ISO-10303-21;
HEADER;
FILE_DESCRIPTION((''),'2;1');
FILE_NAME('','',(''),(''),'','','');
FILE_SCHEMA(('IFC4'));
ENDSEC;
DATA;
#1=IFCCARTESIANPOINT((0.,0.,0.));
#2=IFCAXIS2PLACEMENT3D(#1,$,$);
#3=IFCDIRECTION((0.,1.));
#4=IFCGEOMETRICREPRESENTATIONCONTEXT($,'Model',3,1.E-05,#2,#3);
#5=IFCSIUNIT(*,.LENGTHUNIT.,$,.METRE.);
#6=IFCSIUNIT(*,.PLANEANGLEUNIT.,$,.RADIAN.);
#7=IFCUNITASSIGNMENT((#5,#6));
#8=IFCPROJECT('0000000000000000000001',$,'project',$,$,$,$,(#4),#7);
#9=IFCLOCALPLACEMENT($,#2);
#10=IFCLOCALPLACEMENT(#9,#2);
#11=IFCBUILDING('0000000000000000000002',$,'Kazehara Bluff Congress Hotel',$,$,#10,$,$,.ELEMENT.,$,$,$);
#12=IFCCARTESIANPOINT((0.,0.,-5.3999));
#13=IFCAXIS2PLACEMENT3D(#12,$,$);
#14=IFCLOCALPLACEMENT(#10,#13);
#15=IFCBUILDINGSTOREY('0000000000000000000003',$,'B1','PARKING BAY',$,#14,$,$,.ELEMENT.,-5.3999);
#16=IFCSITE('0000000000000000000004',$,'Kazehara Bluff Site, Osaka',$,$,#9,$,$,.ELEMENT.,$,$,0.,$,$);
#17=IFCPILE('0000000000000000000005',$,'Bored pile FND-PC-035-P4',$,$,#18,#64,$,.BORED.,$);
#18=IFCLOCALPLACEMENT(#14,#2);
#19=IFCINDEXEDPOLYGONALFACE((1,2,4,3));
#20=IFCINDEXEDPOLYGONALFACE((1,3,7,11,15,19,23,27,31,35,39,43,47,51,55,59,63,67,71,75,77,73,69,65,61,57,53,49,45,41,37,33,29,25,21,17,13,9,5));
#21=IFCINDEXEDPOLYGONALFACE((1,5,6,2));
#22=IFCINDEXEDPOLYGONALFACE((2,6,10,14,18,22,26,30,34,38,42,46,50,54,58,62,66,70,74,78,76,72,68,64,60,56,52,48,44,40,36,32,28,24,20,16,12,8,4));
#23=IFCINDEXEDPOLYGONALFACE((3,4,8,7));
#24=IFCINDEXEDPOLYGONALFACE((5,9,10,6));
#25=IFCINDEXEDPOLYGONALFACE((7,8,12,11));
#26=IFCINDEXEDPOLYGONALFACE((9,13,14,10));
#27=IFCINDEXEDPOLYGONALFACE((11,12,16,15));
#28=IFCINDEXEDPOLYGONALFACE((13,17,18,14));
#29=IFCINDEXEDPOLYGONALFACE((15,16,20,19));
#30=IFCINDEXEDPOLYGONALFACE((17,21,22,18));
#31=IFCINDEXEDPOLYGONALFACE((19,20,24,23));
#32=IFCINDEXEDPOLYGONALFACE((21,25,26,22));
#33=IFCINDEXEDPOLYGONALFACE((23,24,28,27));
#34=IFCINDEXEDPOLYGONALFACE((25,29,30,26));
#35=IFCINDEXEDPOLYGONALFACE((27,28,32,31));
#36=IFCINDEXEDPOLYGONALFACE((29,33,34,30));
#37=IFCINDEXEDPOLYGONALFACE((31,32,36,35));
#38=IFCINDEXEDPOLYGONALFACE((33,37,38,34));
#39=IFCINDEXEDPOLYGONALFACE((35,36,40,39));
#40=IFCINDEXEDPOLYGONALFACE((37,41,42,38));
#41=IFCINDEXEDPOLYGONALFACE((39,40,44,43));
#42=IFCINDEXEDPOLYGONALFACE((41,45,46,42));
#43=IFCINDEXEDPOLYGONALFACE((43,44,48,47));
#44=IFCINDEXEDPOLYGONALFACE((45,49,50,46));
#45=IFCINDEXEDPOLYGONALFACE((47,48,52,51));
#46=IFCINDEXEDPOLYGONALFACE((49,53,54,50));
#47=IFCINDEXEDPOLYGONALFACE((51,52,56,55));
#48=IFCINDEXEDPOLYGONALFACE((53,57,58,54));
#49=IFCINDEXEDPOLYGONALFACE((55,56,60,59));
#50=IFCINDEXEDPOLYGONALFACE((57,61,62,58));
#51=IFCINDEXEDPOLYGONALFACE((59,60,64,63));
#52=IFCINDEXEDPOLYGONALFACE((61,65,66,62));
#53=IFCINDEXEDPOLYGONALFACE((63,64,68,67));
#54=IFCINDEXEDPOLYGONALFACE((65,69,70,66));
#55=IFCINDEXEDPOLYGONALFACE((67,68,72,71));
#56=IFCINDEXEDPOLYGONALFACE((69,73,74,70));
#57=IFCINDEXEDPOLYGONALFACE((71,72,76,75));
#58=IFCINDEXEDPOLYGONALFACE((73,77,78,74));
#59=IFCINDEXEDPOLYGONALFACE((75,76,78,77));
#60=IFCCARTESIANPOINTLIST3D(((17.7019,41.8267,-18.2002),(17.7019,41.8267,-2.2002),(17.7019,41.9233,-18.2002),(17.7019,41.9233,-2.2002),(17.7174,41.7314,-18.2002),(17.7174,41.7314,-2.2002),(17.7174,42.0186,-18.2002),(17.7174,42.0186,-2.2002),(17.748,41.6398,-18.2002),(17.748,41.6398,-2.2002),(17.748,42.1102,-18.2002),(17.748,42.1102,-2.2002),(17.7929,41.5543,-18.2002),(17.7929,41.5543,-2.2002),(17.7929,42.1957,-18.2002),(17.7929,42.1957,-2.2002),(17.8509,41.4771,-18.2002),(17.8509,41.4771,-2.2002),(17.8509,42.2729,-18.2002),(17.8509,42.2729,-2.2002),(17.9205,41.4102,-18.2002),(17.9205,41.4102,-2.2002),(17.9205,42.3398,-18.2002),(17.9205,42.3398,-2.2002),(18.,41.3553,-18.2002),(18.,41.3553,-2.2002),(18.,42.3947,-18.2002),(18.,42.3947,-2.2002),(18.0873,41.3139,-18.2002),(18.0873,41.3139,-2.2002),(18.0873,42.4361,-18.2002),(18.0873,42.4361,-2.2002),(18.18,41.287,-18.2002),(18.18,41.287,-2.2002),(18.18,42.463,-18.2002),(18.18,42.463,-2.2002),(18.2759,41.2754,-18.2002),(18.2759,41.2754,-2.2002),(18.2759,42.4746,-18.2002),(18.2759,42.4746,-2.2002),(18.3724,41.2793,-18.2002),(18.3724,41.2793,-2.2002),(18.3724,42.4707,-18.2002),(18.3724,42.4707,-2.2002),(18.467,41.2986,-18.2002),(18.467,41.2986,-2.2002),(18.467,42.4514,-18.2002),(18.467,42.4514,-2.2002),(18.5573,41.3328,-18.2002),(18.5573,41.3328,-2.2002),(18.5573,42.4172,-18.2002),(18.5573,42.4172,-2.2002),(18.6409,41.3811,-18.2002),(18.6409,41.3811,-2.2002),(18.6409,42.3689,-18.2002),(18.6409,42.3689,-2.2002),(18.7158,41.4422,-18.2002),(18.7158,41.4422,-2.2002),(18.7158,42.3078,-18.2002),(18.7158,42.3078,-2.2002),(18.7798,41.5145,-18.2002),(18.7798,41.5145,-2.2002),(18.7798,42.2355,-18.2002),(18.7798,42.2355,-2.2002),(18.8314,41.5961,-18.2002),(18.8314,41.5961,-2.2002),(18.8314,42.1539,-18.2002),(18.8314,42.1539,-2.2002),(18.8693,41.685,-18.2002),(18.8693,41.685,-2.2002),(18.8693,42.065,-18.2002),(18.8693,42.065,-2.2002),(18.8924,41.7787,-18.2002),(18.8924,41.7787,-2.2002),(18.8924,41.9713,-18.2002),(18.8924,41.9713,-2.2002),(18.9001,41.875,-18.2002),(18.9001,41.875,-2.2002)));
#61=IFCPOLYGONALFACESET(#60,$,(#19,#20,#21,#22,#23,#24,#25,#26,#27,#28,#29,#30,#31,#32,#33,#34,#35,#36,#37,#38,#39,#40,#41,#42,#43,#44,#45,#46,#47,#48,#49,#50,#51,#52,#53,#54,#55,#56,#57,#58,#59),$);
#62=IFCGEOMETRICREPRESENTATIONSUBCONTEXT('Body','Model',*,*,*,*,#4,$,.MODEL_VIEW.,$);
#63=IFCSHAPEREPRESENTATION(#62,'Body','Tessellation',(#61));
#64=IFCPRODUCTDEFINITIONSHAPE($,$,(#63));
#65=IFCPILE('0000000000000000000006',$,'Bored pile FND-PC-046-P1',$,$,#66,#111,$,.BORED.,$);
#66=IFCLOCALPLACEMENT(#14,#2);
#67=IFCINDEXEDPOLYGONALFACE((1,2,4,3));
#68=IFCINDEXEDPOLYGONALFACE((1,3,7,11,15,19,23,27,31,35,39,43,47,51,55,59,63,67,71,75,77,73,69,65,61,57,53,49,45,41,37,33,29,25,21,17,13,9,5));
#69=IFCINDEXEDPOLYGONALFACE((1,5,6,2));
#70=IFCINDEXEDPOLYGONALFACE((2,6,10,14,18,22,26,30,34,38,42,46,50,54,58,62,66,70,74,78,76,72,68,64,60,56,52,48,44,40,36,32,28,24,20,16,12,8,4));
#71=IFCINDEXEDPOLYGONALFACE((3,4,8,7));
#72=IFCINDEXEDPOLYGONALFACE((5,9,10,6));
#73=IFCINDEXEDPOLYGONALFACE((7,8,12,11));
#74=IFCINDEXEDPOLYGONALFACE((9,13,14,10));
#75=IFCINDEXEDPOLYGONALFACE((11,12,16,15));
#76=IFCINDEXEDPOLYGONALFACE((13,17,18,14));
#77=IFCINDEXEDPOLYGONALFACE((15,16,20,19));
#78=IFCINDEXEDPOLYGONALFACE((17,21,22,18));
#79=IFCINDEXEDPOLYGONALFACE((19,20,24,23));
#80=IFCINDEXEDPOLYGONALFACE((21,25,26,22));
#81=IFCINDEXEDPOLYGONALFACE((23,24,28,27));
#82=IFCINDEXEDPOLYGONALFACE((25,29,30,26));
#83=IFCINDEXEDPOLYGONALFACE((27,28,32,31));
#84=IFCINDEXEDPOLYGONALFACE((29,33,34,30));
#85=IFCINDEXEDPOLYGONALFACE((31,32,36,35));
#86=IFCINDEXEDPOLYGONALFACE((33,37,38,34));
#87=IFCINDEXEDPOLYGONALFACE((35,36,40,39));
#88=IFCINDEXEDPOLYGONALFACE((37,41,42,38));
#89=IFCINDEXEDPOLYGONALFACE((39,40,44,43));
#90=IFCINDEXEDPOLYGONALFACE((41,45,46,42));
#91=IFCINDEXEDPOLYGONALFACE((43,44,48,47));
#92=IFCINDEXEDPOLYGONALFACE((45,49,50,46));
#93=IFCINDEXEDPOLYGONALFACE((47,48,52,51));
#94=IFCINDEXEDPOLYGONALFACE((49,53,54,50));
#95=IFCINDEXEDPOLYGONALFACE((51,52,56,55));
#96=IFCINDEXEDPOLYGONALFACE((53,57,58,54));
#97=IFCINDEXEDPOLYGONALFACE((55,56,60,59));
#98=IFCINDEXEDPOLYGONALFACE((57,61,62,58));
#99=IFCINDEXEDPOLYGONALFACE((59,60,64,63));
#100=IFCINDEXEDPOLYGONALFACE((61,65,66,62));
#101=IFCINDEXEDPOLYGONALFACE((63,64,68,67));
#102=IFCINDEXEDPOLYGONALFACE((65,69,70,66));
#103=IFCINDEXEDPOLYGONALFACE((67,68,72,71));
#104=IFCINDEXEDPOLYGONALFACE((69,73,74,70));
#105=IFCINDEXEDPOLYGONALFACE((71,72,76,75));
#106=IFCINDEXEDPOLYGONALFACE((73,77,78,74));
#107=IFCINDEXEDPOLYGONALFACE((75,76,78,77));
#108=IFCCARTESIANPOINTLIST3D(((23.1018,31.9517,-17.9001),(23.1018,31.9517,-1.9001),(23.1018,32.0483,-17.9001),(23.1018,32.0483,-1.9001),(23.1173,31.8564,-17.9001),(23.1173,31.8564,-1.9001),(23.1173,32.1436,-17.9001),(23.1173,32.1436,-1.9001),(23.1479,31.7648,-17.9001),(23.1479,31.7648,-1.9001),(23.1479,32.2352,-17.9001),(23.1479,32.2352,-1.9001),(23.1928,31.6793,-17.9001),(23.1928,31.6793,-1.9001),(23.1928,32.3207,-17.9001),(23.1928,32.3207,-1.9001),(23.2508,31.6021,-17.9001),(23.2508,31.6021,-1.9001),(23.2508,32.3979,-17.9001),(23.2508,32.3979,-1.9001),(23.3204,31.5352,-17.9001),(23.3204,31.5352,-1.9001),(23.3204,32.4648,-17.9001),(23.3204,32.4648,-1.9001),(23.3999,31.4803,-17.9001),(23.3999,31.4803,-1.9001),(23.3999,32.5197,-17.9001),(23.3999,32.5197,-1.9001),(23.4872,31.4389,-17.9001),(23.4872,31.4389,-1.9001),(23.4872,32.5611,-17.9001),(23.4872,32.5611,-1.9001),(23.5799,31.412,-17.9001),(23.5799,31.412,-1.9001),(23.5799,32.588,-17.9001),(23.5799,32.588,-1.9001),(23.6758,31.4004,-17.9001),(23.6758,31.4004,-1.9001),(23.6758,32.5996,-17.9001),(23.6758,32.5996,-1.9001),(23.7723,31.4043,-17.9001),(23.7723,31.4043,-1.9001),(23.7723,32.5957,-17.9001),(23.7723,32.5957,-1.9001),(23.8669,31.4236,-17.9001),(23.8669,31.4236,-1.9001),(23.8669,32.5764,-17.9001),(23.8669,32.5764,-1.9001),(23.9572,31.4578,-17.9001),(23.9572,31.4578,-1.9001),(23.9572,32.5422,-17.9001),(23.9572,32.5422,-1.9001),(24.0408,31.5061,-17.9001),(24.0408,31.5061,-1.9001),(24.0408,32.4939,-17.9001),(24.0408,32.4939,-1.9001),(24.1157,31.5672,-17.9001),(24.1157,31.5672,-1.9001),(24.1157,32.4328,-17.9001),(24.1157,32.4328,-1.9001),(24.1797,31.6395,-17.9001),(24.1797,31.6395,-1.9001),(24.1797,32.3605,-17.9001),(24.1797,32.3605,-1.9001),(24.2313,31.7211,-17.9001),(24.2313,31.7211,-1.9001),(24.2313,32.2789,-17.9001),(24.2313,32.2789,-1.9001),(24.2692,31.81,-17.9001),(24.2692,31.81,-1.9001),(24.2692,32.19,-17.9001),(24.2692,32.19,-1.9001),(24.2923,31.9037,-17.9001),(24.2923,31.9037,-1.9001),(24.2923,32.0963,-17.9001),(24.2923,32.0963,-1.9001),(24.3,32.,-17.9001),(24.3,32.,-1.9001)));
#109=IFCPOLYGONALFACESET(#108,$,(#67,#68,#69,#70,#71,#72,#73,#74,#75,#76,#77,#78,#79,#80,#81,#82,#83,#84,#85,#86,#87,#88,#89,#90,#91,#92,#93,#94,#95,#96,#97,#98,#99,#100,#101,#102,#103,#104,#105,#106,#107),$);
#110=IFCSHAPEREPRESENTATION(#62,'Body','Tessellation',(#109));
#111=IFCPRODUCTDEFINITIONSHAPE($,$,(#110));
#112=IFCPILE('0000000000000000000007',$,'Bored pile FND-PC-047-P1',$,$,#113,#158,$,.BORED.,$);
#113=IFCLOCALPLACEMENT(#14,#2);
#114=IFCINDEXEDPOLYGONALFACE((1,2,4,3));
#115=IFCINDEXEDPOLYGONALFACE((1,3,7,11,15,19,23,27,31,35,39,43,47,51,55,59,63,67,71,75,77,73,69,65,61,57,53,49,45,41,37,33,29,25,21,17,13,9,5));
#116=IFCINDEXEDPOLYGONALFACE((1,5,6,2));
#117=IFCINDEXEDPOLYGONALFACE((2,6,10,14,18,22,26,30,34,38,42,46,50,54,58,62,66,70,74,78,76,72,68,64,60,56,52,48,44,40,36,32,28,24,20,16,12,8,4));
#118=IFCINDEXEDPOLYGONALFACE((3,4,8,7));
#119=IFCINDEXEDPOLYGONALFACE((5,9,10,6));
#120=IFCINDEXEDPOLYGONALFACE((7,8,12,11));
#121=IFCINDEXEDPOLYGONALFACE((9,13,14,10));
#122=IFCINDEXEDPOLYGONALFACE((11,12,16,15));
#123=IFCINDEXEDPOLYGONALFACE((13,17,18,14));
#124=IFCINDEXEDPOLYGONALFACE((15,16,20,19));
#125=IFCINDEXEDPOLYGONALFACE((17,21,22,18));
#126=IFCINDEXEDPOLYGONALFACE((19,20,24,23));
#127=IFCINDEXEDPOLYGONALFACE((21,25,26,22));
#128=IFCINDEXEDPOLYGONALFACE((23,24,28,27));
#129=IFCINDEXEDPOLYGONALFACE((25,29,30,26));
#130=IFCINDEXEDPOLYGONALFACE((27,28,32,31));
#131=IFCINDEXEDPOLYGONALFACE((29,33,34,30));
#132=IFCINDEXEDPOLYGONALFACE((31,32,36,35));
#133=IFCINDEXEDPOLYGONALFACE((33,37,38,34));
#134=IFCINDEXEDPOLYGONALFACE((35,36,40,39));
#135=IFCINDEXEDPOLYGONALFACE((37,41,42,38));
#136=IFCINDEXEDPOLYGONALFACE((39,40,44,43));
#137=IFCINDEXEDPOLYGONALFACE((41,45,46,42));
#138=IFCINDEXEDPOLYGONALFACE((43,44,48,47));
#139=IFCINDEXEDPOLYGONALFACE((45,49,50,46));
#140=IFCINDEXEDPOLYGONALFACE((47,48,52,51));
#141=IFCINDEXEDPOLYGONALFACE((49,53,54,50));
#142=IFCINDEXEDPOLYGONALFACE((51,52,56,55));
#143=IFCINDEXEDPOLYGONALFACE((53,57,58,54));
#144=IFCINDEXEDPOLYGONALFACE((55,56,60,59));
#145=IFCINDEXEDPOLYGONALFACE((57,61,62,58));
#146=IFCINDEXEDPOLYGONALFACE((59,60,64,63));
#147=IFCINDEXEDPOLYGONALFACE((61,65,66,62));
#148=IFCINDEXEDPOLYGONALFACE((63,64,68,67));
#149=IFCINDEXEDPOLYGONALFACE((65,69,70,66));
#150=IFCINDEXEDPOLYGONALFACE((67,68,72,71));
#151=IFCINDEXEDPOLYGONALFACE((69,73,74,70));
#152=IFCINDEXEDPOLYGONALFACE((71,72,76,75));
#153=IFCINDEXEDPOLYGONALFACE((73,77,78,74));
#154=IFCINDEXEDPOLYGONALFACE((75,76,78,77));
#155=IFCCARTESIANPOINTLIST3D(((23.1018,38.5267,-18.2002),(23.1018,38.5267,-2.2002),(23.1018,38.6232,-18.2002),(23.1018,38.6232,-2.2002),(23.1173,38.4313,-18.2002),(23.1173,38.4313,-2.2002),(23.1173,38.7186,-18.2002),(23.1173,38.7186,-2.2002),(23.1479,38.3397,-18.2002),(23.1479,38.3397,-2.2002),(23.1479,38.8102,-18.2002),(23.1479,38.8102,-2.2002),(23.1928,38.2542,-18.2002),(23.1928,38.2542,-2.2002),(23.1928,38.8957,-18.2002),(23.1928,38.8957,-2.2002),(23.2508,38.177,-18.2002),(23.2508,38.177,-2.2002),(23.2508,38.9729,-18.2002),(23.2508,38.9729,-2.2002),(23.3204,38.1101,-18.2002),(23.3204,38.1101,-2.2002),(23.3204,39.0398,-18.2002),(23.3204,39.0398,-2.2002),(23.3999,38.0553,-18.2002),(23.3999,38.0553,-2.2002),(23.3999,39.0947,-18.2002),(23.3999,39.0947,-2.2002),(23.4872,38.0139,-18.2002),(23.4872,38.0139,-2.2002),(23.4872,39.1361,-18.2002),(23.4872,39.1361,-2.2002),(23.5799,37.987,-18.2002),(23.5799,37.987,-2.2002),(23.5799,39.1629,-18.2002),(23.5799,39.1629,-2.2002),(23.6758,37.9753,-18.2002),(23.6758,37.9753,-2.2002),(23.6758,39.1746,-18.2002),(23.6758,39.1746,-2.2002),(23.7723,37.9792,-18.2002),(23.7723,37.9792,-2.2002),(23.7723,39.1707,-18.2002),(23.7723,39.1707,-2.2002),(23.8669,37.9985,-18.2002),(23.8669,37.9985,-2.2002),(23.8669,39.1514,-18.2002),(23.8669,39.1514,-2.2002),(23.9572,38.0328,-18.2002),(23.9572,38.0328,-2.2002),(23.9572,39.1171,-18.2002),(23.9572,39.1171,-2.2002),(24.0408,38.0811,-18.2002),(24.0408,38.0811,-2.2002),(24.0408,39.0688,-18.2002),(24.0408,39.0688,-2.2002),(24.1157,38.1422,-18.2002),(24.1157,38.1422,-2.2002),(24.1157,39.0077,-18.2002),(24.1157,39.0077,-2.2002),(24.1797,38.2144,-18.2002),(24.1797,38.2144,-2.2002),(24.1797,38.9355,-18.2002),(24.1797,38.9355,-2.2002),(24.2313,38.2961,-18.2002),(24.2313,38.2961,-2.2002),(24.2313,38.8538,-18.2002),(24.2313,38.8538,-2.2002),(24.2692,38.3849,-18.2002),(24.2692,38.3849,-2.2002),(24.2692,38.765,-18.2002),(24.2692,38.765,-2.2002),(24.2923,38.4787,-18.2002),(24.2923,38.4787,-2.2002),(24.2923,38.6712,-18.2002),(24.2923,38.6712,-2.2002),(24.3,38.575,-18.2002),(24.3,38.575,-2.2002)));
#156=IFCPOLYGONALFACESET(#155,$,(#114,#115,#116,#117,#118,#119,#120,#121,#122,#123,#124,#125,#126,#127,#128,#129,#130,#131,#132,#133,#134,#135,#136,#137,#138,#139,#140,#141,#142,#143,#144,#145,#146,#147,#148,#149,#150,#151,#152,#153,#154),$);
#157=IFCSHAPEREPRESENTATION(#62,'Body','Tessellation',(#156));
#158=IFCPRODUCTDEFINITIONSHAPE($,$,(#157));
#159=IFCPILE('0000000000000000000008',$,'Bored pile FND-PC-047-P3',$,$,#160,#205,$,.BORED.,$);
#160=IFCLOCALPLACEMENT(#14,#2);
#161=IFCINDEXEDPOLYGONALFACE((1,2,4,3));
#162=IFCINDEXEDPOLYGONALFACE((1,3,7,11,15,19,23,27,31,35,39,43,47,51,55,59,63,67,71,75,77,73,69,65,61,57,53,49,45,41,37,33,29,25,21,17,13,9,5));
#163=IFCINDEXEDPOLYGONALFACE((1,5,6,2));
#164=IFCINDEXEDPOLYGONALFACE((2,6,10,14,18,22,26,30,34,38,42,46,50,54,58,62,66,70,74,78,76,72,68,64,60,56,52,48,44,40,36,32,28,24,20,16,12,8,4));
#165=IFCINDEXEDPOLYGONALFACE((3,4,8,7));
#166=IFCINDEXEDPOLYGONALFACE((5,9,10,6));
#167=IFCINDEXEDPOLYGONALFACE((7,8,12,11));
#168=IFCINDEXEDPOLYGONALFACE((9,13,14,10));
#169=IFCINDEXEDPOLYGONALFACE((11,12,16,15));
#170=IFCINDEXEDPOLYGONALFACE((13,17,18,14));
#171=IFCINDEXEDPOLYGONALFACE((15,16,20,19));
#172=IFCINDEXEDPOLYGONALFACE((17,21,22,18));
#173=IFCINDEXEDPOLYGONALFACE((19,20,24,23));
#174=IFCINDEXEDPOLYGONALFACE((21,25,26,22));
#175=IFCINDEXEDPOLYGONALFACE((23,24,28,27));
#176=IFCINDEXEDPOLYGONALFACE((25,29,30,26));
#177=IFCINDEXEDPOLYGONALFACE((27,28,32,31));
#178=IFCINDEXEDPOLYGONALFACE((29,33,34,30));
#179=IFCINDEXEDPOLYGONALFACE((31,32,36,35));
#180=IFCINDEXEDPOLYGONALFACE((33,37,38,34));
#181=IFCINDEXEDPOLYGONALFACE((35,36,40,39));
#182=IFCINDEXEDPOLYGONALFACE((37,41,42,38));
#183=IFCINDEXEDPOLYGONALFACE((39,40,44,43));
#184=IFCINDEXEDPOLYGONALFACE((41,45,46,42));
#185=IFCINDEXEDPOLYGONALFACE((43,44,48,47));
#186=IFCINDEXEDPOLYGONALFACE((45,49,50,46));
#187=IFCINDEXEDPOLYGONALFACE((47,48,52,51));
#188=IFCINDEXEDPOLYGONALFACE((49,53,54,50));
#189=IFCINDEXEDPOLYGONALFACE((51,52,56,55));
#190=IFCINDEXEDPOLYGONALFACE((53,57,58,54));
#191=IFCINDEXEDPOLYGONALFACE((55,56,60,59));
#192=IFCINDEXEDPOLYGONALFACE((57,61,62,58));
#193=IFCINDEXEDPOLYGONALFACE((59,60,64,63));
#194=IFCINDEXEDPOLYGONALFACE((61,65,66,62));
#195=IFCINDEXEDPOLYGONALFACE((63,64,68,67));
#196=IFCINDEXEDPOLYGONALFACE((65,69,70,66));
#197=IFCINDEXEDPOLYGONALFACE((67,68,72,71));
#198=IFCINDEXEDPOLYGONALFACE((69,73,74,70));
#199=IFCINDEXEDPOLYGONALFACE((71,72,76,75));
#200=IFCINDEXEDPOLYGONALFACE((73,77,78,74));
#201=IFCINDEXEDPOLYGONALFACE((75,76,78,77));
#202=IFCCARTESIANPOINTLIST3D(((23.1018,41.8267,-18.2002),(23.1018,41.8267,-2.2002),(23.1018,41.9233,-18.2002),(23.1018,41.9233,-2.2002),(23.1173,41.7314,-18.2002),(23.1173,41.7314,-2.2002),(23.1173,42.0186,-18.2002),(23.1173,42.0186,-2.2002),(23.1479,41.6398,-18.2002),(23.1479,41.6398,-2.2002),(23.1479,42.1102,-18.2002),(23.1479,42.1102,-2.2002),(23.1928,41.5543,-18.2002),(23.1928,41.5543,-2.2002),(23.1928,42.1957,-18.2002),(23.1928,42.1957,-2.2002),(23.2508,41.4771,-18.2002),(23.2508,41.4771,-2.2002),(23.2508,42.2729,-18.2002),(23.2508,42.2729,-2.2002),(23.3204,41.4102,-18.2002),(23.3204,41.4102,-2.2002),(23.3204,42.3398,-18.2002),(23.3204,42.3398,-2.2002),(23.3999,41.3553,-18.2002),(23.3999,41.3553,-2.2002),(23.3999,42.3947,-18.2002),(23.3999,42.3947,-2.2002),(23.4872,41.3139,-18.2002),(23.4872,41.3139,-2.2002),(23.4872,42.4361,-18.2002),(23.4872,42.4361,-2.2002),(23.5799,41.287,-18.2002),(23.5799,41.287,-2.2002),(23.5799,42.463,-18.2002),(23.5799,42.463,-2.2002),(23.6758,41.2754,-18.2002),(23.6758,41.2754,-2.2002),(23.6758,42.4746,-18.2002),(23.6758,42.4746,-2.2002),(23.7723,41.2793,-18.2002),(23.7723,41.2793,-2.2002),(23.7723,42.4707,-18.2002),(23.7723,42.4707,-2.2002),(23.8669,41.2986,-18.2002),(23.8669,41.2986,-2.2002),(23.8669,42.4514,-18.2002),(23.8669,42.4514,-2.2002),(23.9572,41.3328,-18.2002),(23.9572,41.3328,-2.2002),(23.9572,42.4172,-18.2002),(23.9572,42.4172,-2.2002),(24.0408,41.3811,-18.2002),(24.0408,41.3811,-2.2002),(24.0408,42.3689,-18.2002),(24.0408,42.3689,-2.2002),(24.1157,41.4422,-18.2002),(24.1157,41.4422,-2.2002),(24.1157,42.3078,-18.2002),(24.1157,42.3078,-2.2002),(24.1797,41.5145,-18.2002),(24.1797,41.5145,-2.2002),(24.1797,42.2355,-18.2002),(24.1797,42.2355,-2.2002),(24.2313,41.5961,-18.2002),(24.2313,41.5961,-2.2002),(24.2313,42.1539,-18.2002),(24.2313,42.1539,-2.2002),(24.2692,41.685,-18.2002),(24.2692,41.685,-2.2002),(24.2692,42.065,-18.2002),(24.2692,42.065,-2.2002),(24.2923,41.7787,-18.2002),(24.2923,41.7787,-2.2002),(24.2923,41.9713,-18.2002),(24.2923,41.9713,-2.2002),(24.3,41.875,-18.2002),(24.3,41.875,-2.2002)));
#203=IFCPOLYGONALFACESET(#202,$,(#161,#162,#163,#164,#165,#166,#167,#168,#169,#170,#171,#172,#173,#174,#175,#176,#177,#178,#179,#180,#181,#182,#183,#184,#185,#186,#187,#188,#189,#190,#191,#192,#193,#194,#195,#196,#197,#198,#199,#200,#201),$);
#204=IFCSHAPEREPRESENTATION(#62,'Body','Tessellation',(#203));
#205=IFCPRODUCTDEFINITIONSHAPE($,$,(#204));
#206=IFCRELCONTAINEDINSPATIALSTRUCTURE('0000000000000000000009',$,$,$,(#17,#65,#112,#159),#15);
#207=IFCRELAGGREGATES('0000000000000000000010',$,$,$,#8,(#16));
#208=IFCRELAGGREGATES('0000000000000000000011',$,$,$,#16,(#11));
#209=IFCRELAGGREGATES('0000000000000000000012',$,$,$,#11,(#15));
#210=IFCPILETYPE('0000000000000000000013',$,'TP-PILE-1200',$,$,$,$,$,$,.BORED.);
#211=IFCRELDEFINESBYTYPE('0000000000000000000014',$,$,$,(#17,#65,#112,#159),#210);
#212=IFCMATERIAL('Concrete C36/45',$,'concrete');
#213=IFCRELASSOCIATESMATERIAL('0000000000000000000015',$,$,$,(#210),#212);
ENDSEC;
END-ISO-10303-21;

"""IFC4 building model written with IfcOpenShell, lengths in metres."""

from ifc_helpers import new_model, si_unit, direction, frame, origin, origin_2d, place, context, subcontext, project, spatial, circle, extrude, material, material_profile, profile_set, type_object, element, save


model = new_model("IFC4")

# Units and contexts
model_context = context("Model", 3, precision=1e-05, world=origin(), true_north=direction((0.0, 1.0)))
body_context = subcontext(model_context, "Body", "Model", "MODEL_VIEW")
ifc_project = project(units=[si_unit("LENGTHUNIT", "METRE"), si_unit("PLANEANGLEUNIT", "RADIAN")], contexts=[model_context])

# Site, building, storey
site_placement = place(None, origin())
site = spatial("IfcSite", under=ifc_project, at=site_placement, Name="Kazehara Bluff Site, Osaka", CompositionType="ELEMENT", RefElevation=0.0)
building_placement = place(site_placement, origin())
building = spatial("IfcBuilding", under=site, at=building_placement, Name="Kazehara Bluff Congress Hotel", CompositionType="ELEMENT")
storey_placement = place(building_placement, frame((0.0, 0.0, -5.3999)))
storey = spatial("IfcBuildingStorey", under=building, at=storey_placement, Name="B1", Description="PARKING BAY", CompositionType="ELEMENT", Elevation=-5.3999)

# Piles
ifc_material_1 = material(Name="Concrete C36/45", Category="concrete")
ifc_material_profile_1 = material_profile(ifc_material_1, circle(Radius=0.6001, at=origin_2d()))
ifc_profile_set_1 = profile_set([ifc_material_profile_1], Name="Concrete C36/45")
pile_type = type_object("IfcPileType", Name="TP-PILE-1200", PredefinedType="BORED", material=ifc_profile_set_1)
for number, where, z_axis, x_axis, name in (
    (1, (18.3, 41.875, -2.2002), (0.0, 0.0, -1.0), (1.0, 0.0, 0.0), "Bored pile FND-PC-035-P4"),
    (2, (23.7, 32.0, -1.9001), (0.0, 0.0, -1.0), (1.0, 0.0, 0.0), "Bored pile FND-PC-046-P1"),
    (3, (23.7, 38.575, -2.2002), (0.0, 0.0, -1.0), (1.0, 0.0, 0.0), "Bored pile FND-PC-047-P1"),
    (4, (23.7, 41.875, -2.2002), (0.0, 0.0, -1.0), (1.0, 0.0, 0.0), "Bored pile FND-PC-047-P3"),
):
    element("IfcPile", number, at=place(storey_placement, frame(where, z_axis=z_axis, x_axis=x_axis)), inside=storey, type_object=pile_type, Name=name, PredefinedType="BORED", context=body_context, shape_type="SweptSolid", body=[
        extrude(circle(Radius=0.6001, at=origin_2d()), origin(), (0.0, 0.0, 1.0), 16.0),
    ])

save(model, "model.ifc")
